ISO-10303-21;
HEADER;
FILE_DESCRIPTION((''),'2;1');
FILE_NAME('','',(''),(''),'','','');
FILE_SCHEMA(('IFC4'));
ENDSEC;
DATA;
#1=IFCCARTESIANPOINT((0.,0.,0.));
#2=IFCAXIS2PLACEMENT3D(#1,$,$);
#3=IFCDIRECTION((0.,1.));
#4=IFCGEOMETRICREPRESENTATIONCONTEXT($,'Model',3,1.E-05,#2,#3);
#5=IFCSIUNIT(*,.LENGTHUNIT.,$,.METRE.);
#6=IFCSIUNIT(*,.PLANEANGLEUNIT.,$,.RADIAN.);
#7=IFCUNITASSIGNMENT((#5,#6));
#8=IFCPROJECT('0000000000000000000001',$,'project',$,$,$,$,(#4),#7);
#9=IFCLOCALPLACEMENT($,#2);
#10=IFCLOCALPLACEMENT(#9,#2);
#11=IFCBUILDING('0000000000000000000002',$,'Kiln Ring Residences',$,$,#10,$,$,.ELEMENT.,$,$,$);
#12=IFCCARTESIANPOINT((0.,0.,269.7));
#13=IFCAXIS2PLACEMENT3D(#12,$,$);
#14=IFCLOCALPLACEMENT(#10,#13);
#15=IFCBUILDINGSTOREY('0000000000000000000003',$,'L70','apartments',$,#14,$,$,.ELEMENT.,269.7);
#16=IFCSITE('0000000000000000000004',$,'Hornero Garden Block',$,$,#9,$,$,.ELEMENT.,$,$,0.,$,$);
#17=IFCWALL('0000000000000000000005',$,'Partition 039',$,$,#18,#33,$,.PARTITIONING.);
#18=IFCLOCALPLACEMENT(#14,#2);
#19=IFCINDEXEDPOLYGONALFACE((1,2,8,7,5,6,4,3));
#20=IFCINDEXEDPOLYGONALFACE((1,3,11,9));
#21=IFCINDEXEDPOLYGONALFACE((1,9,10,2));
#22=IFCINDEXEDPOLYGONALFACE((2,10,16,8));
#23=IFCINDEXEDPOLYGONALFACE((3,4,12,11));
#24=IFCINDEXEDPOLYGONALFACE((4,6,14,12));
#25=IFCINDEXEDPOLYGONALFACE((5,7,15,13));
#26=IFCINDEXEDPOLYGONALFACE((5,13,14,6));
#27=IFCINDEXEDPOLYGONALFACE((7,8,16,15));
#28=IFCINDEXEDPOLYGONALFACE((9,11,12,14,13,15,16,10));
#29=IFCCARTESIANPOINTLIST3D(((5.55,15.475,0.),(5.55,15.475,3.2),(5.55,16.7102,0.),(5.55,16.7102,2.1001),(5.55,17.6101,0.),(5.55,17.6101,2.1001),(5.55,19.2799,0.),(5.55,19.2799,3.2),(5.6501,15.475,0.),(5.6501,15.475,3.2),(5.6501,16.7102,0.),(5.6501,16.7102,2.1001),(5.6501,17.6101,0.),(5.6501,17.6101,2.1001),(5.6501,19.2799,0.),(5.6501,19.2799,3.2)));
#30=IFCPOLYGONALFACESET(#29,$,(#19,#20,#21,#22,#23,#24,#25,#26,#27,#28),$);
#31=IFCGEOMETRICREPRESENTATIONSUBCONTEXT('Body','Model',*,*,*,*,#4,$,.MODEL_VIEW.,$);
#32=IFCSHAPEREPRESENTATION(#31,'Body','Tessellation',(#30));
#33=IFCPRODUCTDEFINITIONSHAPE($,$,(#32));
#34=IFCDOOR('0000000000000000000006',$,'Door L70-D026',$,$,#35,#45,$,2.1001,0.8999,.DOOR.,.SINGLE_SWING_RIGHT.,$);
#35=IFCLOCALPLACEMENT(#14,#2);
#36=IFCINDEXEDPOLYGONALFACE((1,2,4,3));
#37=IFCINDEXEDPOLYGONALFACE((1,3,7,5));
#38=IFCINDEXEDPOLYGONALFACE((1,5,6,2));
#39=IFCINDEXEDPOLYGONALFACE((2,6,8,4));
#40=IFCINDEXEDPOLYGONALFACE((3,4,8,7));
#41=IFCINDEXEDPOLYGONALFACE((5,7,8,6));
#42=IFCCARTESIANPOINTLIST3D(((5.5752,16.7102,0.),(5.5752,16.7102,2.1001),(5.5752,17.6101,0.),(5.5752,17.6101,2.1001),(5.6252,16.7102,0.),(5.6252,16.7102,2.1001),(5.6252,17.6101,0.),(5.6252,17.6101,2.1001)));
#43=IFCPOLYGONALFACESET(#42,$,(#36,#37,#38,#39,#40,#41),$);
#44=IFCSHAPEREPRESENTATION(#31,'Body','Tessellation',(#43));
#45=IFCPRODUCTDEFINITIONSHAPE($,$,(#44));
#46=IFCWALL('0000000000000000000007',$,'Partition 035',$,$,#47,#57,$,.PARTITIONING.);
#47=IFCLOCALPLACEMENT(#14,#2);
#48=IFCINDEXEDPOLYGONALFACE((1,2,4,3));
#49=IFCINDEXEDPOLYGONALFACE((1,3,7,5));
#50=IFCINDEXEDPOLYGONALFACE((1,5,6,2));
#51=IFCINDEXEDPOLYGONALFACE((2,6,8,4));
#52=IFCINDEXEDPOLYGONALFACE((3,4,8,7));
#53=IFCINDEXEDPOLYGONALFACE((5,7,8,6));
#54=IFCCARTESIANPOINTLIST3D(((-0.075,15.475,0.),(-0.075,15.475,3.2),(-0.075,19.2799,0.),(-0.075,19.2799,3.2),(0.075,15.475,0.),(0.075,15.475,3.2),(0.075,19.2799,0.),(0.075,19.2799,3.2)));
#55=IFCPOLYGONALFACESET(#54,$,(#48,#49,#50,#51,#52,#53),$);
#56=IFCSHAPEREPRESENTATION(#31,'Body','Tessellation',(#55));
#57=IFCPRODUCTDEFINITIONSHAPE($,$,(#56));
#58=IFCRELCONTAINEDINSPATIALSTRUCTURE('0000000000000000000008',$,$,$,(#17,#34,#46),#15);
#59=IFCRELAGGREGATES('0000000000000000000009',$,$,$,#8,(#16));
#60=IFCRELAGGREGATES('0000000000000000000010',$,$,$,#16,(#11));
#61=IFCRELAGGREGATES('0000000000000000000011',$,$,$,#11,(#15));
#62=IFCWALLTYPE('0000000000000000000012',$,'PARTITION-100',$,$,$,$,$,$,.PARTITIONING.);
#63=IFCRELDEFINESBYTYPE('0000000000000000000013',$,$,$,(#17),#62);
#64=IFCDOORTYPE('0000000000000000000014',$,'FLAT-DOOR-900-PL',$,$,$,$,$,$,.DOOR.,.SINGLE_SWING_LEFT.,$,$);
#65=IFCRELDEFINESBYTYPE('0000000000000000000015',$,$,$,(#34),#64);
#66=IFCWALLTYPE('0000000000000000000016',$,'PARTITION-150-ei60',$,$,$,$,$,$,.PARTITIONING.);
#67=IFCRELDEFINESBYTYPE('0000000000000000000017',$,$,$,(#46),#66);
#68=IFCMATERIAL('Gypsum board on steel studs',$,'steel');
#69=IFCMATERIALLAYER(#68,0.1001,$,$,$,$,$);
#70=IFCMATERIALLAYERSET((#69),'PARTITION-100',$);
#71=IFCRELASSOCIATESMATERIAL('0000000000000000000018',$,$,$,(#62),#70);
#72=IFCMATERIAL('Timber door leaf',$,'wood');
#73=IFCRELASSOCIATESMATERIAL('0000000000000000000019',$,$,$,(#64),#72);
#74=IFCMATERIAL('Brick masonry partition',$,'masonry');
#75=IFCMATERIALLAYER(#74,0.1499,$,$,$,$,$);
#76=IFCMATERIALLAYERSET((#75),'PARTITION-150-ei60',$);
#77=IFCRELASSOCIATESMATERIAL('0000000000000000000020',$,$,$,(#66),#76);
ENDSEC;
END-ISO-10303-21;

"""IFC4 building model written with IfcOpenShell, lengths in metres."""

from ifc_helpers import new_model, si_unit, direction, frame, frame_2d, origin, place, context, subcontext, project, spatial, rectangle, extrude, material, layer, layer_set, type_object, element, fill, save


model = new_model("IFC4")

# Units and contexts
model_context = context("Model", 3, precision=1e-05, world=origin(), true_north=direction((0.0, 1.0)))
body_context = subcontext(model_context, "Body", "Model", "MODEL_VIEW")
ifc_project = project(units=[si_unit("LENGTHUNIT", "METRE"), si_unit("PLANEANGLEUNIT", "RADIAN")], contexts=[model_context])

# Site, building, storey
site_placement = place(None, origin())
site = spatial("IfcSite", under=ifc_project, at=site_placement, Name="Hornero Garden Block", CompositionType="ELEMENT", RefElevation=0.0)
building_placement = place(site_placement, origin())
building = spatial("IfcBuilding", under=site, at=building_placement, Name="Kiln Ring Residences", CompositionType="ELEMENT")
storey_placement = place(building_placement, frame((0.0, 0.0, 269.7)))
storey = spatial("IfcBuildingStorey", under=building, at=storey_placement, Name="L70", Description="apartments", CompositionType="ELEMENT", Elevation=269.7)

# Wall, opening, door
ifc_material_1 = material(Name="Gypsum board on steel studs", Category="steel")
ifc_layer_1 = layer(ifc_material_1, 0.1001)
ifc_layer_set_1 = layer_set([ifc_layer_1], Name="PARTITION-100")
wall_type_1 = type_object("IfcWallType", Name="PARTITION-100", PredefinedType="PARTITIONING", material=ifc_layer_set_1)
wall_1_placement = place(storey_placement, frame((5.6001, 15.4751, 0.0), z_axis=(0.0, 0.0, 1.0), x_axis=(0.0, 1.0, 0.0)))
wall_1 = element("IfcWall", 1, at=wall_1_placement, inside=storey, type_object=wall_type_1, Name="Partition 039", PredefinedType="PARTITIONING", context=body_context, shape_type="SweptSolid", body=[
    extrude(rectangle(XDim=3.8049, YDim=0.1001, at=frame_2d((1.9023, 0.0))), origin(), (0.0, 0.0, 1.0), 3.2),
])
opening_1_placement = place(wall_1_placement, frame((1.2351, 0.0, 0.0)))
opening_1 = element("IfcOpeningElement", 2, at=opening_1_placement, cuts=wall_1, PredefinedType="OPENING", context=body_context, shape_type="SweptSolid", body=[
    extrude(rectangle(XDim=0.8999, YDim=2.1001, at=frame_2d((0.45, 1.05))), frame((0.0, 0.0601, 0.0), z_axis=(0.0, -1.0, 0.0), x_axis=(1.0, 0.0, 0.0)), (0.0, 0.0, 1.0), 0.1201),
])
ifc_material_2 = material(Name="Timber door leaf", Category="wood")
door_type = type_object("IfcDoorType", Name="FLAT-DOOR-900-PL", OperationType="SINGLE_SWING_LEFT", PredefinedType="DOOR", material=ifc_material_2)
door_placement = place(opening_1_placement, origin())
door = element("IfcDoor", 3, at=door_placement, inside=storey, type_object=door_type, Name="Door L70-D026", OperationType="SINGLE_SWING_RIGHT", OverallHeight=2.1001, OverallWidth=0.8999, PredefinedType="DOOR", context=body_context, shape_type="SweptSolid", body=[
    extrude(rectangle(XDim=0.8999, YDim=2.1001, at=frame_2d((0.45, 1.05))), frame((0.0, 0.0249, 0.0), z_axis=(0.0, -1.0, 0.0), x_axis=(1.0, 0.0, 0.0)), (0.0, 0.0, 1.0), 0.05),
])
fill(opening_1, door)

# Wall
ifc_material_3 = material(Name="Brick masonry partition", Category="masonry")
ifc_layer_2 = layer(ifc_material_3, 0.1499)
ifc_layer_set_2 = layer_set([ifc_layer_2], Name="PARTITION-150-ei60")
wall_type_2 = type_object("IfcWallType", Name="PARTITION-150-ei60", PredefinedType="PARTITIONING", material=ifc_layer_set_2)
wall_2_placement = place(storey_placement, frame((0.0, 15.4751, 0.0), z_axis=(0.0, 0.0, 1.0), x_axis=(0.0, 1.0, 0.0)))
element("IfcWall", 4, at=wall_2_placement, inside=storey, type_object=wall_type_2, Name="Partition 035", PredefinedType="PARTITIONING", context=body_context, shape_type="SweptSolid", body=[
    extrude(rectangle(XDim=3.8049, YDim=0.1499, at=frame_2d((1.9023, 0.0))), origin(), (0.0, 0.0, 1.0), 3.2),
])

save(model, "model.ifc")
